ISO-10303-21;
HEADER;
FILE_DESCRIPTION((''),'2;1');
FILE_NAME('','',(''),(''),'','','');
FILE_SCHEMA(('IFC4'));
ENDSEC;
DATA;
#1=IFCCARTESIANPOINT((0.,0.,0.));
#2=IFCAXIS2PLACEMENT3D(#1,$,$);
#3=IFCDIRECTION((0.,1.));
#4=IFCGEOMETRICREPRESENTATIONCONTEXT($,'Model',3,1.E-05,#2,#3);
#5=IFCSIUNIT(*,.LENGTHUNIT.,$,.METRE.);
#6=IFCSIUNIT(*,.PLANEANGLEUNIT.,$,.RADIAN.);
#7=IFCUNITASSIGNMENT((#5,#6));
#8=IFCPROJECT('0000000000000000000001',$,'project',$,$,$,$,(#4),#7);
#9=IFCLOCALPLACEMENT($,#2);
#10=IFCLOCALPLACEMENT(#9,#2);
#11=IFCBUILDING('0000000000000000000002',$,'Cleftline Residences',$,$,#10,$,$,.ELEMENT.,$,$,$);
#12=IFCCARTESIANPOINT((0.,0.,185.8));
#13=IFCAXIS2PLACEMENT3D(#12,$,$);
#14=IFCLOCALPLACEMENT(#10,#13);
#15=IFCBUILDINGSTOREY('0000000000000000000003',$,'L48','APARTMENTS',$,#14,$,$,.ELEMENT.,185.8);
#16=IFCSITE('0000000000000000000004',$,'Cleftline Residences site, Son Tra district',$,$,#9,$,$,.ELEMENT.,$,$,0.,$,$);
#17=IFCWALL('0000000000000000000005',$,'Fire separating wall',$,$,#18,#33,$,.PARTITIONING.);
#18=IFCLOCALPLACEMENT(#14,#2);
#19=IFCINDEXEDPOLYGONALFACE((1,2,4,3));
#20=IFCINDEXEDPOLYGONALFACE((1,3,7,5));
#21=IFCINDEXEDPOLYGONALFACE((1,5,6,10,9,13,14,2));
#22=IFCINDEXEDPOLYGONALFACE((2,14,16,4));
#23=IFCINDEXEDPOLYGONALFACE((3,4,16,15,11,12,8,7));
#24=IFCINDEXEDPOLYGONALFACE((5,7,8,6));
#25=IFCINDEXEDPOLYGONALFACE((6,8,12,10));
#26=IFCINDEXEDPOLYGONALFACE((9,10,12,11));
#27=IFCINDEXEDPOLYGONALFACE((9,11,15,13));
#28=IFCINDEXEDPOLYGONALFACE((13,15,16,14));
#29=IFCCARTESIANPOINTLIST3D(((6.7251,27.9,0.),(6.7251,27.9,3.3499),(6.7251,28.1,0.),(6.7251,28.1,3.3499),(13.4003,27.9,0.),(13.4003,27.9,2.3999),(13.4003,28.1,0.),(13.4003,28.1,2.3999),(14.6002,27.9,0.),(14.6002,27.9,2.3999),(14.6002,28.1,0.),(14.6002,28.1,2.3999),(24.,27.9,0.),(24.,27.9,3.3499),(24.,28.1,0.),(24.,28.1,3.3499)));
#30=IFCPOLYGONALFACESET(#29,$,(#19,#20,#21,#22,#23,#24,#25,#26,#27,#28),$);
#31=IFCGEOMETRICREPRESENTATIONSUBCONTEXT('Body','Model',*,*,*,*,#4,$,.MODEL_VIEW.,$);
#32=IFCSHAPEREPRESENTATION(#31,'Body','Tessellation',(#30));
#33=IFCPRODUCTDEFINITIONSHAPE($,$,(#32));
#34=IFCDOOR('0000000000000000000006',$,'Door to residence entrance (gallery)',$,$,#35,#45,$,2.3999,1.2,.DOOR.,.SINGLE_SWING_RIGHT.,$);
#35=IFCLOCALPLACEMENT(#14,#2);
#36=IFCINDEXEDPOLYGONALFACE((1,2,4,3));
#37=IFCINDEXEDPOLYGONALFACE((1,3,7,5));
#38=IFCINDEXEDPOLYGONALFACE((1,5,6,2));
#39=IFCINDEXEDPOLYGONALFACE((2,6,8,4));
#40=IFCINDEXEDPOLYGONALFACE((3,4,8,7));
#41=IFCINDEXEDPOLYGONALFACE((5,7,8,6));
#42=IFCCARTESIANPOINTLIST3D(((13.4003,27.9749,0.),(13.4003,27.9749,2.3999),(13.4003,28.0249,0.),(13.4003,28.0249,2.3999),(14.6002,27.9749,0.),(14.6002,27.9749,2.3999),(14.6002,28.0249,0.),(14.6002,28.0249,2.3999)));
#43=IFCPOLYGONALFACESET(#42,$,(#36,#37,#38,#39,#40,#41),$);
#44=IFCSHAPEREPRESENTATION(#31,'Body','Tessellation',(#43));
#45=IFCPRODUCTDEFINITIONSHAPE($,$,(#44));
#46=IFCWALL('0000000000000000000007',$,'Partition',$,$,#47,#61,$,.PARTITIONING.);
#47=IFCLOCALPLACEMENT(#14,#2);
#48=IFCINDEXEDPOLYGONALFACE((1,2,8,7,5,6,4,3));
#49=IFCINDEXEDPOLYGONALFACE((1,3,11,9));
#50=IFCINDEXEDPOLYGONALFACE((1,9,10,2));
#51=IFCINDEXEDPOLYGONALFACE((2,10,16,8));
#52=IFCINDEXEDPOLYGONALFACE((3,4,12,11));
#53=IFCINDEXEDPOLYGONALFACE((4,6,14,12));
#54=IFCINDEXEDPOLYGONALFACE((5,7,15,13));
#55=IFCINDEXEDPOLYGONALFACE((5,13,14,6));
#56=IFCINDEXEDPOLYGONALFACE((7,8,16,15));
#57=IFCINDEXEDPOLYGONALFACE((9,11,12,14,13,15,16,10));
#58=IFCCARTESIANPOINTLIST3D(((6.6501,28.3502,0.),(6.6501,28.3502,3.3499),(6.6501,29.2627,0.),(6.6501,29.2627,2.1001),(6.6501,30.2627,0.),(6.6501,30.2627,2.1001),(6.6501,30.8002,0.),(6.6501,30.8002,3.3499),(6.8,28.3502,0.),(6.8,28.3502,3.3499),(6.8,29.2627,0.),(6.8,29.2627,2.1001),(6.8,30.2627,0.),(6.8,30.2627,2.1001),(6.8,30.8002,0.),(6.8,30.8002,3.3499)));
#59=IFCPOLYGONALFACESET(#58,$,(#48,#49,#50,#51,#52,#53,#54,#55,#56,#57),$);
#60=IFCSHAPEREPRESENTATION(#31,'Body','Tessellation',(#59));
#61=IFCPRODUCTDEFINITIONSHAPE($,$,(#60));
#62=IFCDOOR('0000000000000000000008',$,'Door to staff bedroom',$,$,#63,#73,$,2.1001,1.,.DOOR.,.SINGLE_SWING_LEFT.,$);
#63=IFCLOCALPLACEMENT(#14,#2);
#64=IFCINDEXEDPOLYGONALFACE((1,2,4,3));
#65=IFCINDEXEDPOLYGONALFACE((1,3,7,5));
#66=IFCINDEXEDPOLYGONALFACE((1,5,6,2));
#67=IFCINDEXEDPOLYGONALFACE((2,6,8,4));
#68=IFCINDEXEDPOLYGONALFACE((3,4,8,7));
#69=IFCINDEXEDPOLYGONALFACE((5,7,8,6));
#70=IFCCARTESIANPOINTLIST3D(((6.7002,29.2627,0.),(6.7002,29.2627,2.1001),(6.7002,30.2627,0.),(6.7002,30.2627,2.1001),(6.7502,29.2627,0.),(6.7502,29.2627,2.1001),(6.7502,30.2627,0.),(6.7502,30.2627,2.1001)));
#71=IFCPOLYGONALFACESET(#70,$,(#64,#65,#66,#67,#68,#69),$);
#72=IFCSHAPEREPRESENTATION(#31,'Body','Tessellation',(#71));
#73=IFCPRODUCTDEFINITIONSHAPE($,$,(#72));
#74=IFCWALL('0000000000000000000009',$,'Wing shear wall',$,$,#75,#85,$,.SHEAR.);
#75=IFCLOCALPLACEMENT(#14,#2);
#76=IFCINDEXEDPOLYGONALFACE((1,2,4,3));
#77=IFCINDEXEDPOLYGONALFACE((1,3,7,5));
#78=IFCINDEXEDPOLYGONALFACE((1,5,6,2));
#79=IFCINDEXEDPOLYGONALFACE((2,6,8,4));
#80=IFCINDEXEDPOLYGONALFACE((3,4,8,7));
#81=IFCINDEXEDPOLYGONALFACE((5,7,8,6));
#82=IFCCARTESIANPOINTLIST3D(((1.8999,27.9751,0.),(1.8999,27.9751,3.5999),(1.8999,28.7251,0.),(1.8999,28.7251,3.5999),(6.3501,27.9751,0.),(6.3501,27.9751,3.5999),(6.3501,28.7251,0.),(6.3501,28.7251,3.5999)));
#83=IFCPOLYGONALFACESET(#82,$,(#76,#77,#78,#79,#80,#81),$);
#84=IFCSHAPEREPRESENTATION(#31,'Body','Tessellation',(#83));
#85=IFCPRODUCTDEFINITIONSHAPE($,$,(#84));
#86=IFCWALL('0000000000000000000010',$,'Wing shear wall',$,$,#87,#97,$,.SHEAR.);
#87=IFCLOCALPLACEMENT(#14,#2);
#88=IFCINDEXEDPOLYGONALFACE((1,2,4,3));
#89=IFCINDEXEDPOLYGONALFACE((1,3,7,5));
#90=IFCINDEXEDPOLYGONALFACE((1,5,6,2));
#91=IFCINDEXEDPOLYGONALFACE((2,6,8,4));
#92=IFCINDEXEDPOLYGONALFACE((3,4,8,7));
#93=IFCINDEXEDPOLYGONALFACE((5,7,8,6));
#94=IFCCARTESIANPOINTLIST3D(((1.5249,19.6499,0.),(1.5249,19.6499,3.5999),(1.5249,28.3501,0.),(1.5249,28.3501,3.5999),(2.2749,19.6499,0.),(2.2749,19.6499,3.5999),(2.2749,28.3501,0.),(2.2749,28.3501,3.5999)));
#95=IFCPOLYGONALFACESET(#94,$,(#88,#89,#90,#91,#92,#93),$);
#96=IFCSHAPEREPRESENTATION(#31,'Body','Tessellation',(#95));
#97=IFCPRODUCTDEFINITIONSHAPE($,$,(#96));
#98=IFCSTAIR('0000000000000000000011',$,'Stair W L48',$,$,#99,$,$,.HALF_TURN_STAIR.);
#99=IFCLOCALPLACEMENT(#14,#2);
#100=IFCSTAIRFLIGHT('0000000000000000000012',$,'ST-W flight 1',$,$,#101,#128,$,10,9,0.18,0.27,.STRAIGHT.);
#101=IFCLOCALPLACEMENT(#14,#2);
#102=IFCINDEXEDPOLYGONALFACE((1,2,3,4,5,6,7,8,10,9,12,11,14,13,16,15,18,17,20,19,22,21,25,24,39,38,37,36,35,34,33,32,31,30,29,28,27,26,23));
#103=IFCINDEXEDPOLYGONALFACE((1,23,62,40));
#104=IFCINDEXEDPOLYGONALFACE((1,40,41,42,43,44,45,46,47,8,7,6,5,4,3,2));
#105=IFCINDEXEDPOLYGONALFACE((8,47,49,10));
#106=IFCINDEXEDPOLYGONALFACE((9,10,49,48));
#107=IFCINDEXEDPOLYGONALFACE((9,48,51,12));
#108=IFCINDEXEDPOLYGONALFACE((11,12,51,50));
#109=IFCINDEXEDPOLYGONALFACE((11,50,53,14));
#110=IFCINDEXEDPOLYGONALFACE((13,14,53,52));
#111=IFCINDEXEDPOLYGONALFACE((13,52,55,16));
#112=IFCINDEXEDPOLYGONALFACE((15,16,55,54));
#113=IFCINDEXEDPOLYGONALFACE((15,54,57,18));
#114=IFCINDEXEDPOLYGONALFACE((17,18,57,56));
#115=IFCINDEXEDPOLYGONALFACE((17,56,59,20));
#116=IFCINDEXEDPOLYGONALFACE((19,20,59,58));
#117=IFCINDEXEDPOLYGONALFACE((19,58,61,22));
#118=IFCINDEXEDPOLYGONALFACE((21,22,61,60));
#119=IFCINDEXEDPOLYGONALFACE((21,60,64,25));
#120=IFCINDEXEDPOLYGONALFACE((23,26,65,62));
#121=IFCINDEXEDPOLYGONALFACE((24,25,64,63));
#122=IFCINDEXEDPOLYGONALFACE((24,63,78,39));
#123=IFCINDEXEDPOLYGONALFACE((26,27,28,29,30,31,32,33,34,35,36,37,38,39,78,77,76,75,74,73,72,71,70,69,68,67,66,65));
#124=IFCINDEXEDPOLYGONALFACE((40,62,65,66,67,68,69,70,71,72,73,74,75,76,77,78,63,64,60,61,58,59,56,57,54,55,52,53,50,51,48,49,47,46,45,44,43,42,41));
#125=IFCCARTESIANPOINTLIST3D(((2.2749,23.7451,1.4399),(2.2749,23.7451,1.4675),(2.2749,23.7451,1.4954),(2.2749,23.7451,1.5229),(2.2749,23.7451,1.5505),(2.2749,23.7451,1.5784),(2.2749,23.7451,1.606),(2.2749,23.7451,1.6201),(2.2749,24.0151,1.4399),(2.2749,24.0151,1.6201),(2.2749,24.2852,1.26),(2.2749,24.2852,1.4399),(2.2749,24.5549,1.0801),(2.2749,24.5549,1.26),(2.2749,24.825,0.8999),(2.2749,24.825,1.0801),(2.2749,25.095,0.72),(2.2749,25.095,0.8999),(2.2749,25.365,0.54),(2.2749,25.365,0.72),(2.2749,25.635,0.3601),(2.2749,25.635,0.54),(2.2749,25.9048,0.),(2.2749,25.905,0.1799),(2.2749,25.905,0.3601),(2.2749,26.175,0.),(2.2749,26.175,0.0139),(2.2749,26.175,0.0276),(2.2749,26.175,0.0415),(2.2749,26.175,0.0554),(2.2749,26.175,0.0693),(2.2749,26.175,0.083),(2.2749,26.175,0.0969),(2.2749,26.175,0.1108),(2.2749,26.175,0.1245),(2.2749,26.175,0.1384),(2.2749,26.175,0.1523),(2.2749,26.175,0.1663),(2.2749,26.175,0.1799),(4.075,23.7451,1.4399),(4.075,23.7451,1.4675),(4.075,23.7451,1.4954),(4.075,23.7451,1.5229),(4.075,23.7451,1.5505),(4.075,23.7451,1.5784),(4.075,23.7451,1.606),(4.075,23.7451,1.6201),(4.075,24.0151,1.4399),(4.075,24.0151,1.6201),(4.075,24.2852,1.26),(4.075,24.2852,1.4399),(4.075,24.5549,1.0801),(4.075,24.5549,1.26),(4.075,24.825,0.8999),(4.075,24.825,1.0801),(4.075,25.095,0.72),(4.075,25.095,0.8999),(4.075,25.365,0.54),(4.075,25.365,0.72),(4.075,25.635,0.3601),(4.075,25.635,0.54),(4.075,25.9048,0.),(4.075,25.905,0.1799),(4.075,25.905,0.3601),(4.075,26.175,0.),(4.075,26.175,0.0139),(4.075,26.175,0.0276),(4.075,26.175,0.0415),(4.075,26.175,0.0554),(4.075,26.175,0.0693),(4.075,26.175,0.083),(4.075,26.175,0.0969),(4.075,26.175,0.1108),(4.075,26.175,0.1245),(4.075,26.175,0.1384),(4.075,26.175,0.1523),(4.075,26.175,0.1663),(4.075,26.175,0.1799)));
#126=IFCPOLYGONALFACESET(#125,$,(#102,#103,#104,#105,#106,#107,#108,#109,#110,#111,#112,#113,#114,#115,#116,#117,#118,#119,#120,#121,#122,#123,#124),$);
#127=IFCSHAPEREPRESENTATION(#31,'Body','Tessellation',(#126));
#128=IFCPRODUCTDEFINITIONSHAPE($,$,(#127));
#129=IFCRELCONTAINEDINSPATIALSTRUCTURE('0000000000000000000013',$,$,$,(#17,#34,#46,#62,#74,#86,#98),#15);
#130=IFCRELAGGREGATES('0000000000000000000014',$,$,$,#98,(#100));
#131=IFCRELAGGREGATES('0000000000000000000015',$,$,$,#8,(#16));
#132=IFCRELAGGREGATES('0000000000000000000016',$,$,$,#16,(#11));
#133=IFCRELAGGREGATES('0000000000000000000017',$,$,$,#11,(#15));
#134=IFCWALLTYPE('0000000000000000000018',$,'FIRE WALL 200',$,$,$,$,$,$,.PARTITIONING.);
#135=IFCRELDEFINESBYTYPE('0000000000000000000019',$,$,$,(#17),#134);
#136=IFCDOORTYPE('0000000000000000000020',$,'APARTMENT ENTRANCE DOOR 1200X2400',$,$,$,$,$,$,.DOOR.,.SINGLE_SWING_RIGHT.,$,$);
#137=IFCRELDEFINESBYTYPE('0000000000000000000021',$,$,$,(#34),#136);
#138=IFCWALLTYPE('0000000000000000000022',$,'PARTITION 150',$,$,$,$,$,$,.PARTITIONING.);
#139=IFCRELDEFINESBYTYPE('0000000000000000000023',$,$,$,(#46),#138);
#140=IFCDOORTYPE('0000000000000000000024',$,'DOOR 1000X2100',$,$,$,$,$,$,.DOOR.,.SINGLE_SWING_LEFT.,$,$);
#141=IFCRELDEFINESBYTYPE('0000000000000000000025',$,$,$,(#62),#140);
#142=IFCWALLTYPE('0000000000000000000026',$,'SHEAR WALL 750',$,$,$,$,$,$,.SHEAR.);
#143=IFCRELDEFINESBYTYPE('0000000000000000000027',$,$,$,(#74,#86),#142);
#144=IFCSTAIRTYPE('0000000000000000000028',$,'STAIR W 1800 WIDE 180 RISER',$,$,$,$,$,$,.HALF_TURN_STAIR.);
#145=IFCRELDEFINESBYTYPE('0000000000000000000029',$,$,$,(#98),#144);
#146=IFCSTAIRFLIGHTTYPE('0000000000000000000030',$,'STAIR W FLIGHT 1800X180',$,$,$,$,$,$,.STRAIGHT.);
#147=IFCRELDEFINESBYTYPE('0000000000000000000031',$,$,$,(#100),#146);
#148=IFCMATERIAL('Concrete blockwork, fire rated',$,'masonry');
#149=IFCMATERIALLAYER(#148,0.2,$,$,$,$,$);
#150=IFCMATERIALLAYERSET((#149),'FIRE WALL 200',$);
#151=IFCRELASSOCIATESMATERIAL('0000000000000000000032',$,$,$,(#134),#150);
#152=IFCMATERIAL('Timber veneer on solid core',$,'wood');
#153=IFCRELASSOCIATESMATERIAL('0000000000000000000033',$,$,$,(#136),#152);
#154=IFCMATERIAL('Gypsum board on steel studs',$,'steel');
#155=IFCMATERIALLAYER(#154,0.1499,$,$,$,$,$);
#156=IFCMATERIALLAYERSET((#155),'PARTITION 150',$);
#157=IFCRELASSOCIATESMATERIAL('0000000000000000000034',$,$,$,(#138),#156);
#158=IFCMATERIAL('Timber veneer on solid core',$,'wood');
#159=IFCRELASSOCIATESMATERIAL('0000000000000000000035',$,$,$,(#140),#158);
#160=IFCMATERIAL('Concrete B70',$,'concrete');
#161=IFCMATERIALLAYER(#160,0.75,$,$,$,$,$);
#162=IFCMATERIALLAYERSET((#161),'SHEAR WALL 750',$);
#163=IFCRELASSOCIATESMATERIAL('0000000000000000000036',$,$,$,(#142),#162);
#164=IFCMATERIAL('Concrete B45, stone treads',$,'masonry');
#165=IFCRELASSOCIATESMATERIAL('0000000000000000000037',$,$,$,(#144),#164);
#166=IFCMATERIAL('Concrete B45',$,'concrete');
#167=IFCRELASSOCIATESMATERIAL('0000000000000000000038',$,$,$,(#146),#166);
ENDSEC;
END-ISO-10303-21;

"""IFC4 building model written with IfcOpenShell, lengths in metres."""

from ifc_helpers import new_model, si_unit, direction, frame, frame_2d, origin, place, context, subcontext, project, spatial, polyline, rectangle, outline, extrude, material, layer, layer_set, type_object, element, fill, aggregate, save


model = new_model("IFC4")

# Units and contexts
model_context = context("Model", 3, precision=1e-05, world=origin(), true_north=direction((0.0, 1.0)))
body_context = subcontext(model_context, "Body", "Model", "MODEL_VIEW")
ifc_project = project(units=[si_unit("LENGTHUNIT", "METRE"), si_unit("PLANEANGLEUNIT", "RADIAN")], contexts=[model_context])

# Site, building, storey
site_placement = place(None, origin())
site = spatial("IfcSite", under=ifc_project, at=site_placement, Name="Cleftline Residences site, Son Tra district", CompositionType="ELEMENT", RefElevation=0.0)
building_placement = place(site_placement, origin())
building = spatial("IfcBuilding", under=site, at=building_placement, Name="Cleftline Residences", CompositionType="ELEMENT")
storey_placement = place(building_placement, frame((0.0, 0.0, 185.8)))
storey = spatial("IfcBuildingStorey", under=building, at=storey_placement, Name="L48", Description="APARTMENTS", CompositionType="ELEMENT", Elevation=185.8)

# Shared definitions
ifc_material_1 = material(Name="Concrete blockwork, fire rated", Category="masonry")
ifc_layer_1 = layer(ifc_material_1, 0.2)
ifc_layer_set_1 = layer_set([ifc_layer_1], Name="FIRE WALL 200")
wall_type_1 = type_object("IfcWallType", Name="FIRE WALL 200", PredefinedType="PARTITIONING", material=ifc_layer_set_1)

# Walls, openings, doors
wall_1_placement = place(storey_placement, frame((6.7251, 28.0, 0.0), z_axis=(0.0, 0.0, 1.0), x_axis=(1.0, 0.0, 0.0)))
wall_1 = element("IfcWall", 1, at=wall_1_placement, inside=storey, type_object=wall_type_1, Name="Fire separating wall", PredefinedType="PARTITIONING", context=body_context, shape_type="SweptSolid", body=[
    extrude(rectangle(XDim=17.2749, YDim=0.2, at=frame_2d((8.6375, 0.0))), origin(), (0.0, 0.0, 1.0), 3.3499),
])
opening_1_placement = place(wall_1_placement, frame((6.675, 0.0, 0.0)))
opening_1 = element("IfcOpeningElement", 2, at=opening_1_placement, cuts=wall_1, PredefinedType="OPENING", context=body_context, shape_type="SweptSolid", body=[
    extrude(rectangle(XDim=1.2, YDim=2.3999, at=frame_2d((0.6001, 1.2))), frame((0.0, 0.1099, 0.0), z_axis=(0.0, -1.0, 0.0), x_axis=(1.0, 0.0, 0.0)), (0.0, 0.0, 1.0), 0.22),
])
ifc_material_2 = material(Name="Timber veneer on solid core", Category="wood")
door_type_1 = type_object("IfcDoorType", Name="APARTMENT ENTRANCE DOOR 1200X2400", OperationType="SINGLE_SWING_RIGHT", PredefinedType="DOOR", material=ifc_material_2)
door_1_placement = place(opening_1_placement, origin())
door_1 = element("IfcDoor", 3, at=door_1_placement, inside=storey, type_object=door_type_1, Name="Door to residence entrance (gallery)", OperationType="SINGLE_SWING_RIGHT", OverallHeight=2.3999, OverallWidth=1.2, PredefinedType="DOOR", context=body_context, shape_type="SweptSolid", body=[
    extrude(rectangle(XDim=1.2, YDim=2.3999, at=frame_2d((0.6001, 1.2))), frame((0.0, 0.0249, 0.0), z_axis=(0.0, -1.0, 0.0), x_axis=(1.0, 0.0, 0.0)), (0.0, 0.0, 1.0), 0.05),
])
fill(opening_1, door_1)
ifc_material_3 = material(Name="Gypsum board on steel studs", Category="steel")
ifc_layer_2 = layer(ifc_material_3, 0.1499)
ifc_layer_set_2 = layer_set([ifc_layer_2], Name="PARTITION 150")
wall_type_2 = type_object("IfcWallType", Name="PARTITION 150", PredefinedType="PARTITIONING", material=ifc_layer_set_2)
wall_2_placement = place(storey_placement, frame((6.7251, 28.3501, 0.0), z_axis=(0.0, 0.0, 1.0), x_axis=(0.0, 1.0, 0.0)))
wall_2 = element("IfcWall", 4, at=wall_2_placement, inside=storey, type_object=wall_type_2, Name="Partition", PredefinedType="PARTITIONING", context=body_context, shape_type="SweptSolid", body=[
    extrude(rectangle(XDim=2.45, YDim=0.1499, at=frame_2d((1.2251, 0.0))), origin(), (0.0, 0.0, 1.0), 3.3499),
])
opening_2_placement = place(wall_2_placement, frame((0.9126, 0.0, 0.0)))
opening_2 = element("IfcOpeningElement", 5, at=opening_2_placement, cuts=wall_2, PredefinedType="OPENING", context=body_context, shape_type="SweptSolid", body=[
    extrude(rectangle(XDim=1.0, YDim=2.1001, at=frame_2d((0.5, 1.05))), frame((0.0, 0.085, 0.0), z_axis=(0.0, -1.0, 0.0), x_axis=(1.0, 0.0, 0.0)), (0.0, 0.0, 1.0), 0.1699),
])
ifc_material_4 = material(Name="Timber veneer on solid core", Category="wood")
door_type_2 = type_object("IfcDoorType", Name="DOOR 1000X2100", OperationType="SINGLE_SWING_LEFT", PredefinedType="DOOR", material=ifc_material_4)
door_2_placement = place(opening_2_placement, origin())
door_2 = element("IfcDoor", 6, at=door_2_placement, inside=storey, type_object=door_type_2, Name="Door to staff bedroom", OperationType="SINGLE_SWING_LEFT", OverallHeight=2.1001, OverallWidth=1.0, PredefinedType="DOOR", context=body_context, shape_type="SweptSolid", body=[
    extrude(rectangle(XDim=1.0, YDim=2.1001, at=frame_2d((0.5, 1.05))), frame((0.0, 0.0249, 0.0), z_axis=(0.0, -1.0, 0.0), x_axis=(1.0, 0.0, 0.0)), (0.0, 0.0, 1.0), 0.05),
])
fill(opening_2, door_2)

# Walls
ifc_material_5 = material(Name="Concrete B70", Category="concrete")
ifc_layer_3 = layer(ifc_material_5, 0.75)
ifc_layer_set_3 = layer_set([ifc_layer_3], Name="SHEAR WALL 750")
wall_type_3 = type_object("IfcWallType", Name="SHEAR WALL 750", PredefinedType="SHEAR", material=ifc_layer_set_3)
wall_3_placement = place(storey_placement, frame((6.3501, 28.3501, 0.0), z_axis=(0.0, 0.0, 1.0), x_axis=(-1.0, 0.0, 0.0)))
element("IfcWall", 7, at=wall_3_placement, inside=storey, type_object=wall_type_3, Name="Wing shear wall", PredefinedType="SHEAR", context=body_context, shape_type="SweptSolid", body=[
    extrude(rectangle(XDim=4.4502, YDim=0.75, at=frame_2d((2.2251, 0.0))), origin(), (0.0, 0.0, 1.0), 3.5999),
])
wall_4_placement = place(storey_placement, frame((1.8999, 28.3501, 0.0), z_axis=(0.0, 0.0, 1.0), x_axis=(0.0, -1.0, 0.0)))
element("IfcWall", 8, at=wall_4_placement, inside=storey, type_object=wall_type_3, Name="Wing shear wall", PredefinedType="SHEAR", context=body_context, shape_type="SweptSolid", body=[
    extrude(rectangle(XDim=8.7002, YDim=0.75, at=frame_2d((4.3501, 0.0))), origin(), (0.0, 0.0, 1.0), 3.5999),
])

# Stair, stair flight
ifc_material_6 = material(Name="Concrete B45, stone treads", Category="masonry")
stair_type = type_object("IfcStairType", Name="STAIR W 1800 WIDE 180 RISER", PredefinedType="HALF_TURN_STAIR", material=ifc_material_6)
stair_placement = place(storey_placement, origin())
stair = element("IfcStair", 9, at=stair_placement, inside=storey, type_object=stair_type, Name="Stair W L48", PredefinedType="HALF_TURN_STAIR")
ifc_material_7 = material(Name="Concrete B45", Category="concrete")
stair_flight_type = type_object("IfcStairFlightType", Name="STAIR W FLIGHT 1800X180", PredefinedType="STRAIGHT", material=ifc_material_7)
stair_flight_1_placement = place(storey_placement, frame((3.175, 26.175, 0.0), z_axis=(0.0, 0.0, 1.0), x_axis=(0.0, -1.0, 0.0)))
stair_flight_1 = element("IfcStairFlight", 10, at=stair_flight_1_placement, type_object=stair_flight_type, Name="ST-W flight 1", NumberOfRisers=10, NumberOfTreads=9, PredefinedType="STRAIGHT", RiserHeight=0.18, TreadLength=0.27, context=body_context, shape_type="SweptSolid", body=[
    extrude(outline(polyline([(0.0, 0.0), (0.0, 0.0139), (0.0, 0.0276), (0.0, 0.0415), (0.0, 0.0554), (0.0, 0.0693), (0.0, 0.083), (0.0, 0.0969), (0.0, 0.1108), (0.0, 0.1245), (0.0, 0.1384), (0.0, 0.1523), (0.0, 0.1663), (0.0, 0.1799), (0.27, 0.1799), (0.27, 0.3601), (0.54, 0.3601), (0.54, 0.54), (0.8101, 0.54), (0.8101, 0.72), (1.0801, 0.72), (1.0801, 0.8999), (1.3501, 0.8999), (1.3501, 1.0801), (1.6201, 1.0801), (1.6201, 1.26), (1.8899, 1.26), (1.8899, 1.4399), (2.1599, 1.4399), (2.1599, 1.6201), (2.4299, 1.6201), (2.4299, 1.8), (2.4299, 1.7722), (2.4299, 1.7446), (2.4299, 1.7168), (2.4299, 1.6892), (2.4299, 1.6614), (2.4299, 1.6338), (2.4299, 1.606), (2.4299, 1.5784), (2.4299, 1.5505), (2.4299, 1.5229), (2.4299, 1.4954), (2.4299, 1.4675), (2.4299, 1.4399), (0.2703, 0.0), (0.0, 0.0)])), frame((0.0, 0.8999, 0.0), z_axis=(0.0, -1.0, 0.0), x_axis=(1.0, 0.0, 0.0)), (0.0, 0.0, 1.0), 1.8),
])
aggregate(stair, [stair_flight_1])

save(model, "model.ifc")
